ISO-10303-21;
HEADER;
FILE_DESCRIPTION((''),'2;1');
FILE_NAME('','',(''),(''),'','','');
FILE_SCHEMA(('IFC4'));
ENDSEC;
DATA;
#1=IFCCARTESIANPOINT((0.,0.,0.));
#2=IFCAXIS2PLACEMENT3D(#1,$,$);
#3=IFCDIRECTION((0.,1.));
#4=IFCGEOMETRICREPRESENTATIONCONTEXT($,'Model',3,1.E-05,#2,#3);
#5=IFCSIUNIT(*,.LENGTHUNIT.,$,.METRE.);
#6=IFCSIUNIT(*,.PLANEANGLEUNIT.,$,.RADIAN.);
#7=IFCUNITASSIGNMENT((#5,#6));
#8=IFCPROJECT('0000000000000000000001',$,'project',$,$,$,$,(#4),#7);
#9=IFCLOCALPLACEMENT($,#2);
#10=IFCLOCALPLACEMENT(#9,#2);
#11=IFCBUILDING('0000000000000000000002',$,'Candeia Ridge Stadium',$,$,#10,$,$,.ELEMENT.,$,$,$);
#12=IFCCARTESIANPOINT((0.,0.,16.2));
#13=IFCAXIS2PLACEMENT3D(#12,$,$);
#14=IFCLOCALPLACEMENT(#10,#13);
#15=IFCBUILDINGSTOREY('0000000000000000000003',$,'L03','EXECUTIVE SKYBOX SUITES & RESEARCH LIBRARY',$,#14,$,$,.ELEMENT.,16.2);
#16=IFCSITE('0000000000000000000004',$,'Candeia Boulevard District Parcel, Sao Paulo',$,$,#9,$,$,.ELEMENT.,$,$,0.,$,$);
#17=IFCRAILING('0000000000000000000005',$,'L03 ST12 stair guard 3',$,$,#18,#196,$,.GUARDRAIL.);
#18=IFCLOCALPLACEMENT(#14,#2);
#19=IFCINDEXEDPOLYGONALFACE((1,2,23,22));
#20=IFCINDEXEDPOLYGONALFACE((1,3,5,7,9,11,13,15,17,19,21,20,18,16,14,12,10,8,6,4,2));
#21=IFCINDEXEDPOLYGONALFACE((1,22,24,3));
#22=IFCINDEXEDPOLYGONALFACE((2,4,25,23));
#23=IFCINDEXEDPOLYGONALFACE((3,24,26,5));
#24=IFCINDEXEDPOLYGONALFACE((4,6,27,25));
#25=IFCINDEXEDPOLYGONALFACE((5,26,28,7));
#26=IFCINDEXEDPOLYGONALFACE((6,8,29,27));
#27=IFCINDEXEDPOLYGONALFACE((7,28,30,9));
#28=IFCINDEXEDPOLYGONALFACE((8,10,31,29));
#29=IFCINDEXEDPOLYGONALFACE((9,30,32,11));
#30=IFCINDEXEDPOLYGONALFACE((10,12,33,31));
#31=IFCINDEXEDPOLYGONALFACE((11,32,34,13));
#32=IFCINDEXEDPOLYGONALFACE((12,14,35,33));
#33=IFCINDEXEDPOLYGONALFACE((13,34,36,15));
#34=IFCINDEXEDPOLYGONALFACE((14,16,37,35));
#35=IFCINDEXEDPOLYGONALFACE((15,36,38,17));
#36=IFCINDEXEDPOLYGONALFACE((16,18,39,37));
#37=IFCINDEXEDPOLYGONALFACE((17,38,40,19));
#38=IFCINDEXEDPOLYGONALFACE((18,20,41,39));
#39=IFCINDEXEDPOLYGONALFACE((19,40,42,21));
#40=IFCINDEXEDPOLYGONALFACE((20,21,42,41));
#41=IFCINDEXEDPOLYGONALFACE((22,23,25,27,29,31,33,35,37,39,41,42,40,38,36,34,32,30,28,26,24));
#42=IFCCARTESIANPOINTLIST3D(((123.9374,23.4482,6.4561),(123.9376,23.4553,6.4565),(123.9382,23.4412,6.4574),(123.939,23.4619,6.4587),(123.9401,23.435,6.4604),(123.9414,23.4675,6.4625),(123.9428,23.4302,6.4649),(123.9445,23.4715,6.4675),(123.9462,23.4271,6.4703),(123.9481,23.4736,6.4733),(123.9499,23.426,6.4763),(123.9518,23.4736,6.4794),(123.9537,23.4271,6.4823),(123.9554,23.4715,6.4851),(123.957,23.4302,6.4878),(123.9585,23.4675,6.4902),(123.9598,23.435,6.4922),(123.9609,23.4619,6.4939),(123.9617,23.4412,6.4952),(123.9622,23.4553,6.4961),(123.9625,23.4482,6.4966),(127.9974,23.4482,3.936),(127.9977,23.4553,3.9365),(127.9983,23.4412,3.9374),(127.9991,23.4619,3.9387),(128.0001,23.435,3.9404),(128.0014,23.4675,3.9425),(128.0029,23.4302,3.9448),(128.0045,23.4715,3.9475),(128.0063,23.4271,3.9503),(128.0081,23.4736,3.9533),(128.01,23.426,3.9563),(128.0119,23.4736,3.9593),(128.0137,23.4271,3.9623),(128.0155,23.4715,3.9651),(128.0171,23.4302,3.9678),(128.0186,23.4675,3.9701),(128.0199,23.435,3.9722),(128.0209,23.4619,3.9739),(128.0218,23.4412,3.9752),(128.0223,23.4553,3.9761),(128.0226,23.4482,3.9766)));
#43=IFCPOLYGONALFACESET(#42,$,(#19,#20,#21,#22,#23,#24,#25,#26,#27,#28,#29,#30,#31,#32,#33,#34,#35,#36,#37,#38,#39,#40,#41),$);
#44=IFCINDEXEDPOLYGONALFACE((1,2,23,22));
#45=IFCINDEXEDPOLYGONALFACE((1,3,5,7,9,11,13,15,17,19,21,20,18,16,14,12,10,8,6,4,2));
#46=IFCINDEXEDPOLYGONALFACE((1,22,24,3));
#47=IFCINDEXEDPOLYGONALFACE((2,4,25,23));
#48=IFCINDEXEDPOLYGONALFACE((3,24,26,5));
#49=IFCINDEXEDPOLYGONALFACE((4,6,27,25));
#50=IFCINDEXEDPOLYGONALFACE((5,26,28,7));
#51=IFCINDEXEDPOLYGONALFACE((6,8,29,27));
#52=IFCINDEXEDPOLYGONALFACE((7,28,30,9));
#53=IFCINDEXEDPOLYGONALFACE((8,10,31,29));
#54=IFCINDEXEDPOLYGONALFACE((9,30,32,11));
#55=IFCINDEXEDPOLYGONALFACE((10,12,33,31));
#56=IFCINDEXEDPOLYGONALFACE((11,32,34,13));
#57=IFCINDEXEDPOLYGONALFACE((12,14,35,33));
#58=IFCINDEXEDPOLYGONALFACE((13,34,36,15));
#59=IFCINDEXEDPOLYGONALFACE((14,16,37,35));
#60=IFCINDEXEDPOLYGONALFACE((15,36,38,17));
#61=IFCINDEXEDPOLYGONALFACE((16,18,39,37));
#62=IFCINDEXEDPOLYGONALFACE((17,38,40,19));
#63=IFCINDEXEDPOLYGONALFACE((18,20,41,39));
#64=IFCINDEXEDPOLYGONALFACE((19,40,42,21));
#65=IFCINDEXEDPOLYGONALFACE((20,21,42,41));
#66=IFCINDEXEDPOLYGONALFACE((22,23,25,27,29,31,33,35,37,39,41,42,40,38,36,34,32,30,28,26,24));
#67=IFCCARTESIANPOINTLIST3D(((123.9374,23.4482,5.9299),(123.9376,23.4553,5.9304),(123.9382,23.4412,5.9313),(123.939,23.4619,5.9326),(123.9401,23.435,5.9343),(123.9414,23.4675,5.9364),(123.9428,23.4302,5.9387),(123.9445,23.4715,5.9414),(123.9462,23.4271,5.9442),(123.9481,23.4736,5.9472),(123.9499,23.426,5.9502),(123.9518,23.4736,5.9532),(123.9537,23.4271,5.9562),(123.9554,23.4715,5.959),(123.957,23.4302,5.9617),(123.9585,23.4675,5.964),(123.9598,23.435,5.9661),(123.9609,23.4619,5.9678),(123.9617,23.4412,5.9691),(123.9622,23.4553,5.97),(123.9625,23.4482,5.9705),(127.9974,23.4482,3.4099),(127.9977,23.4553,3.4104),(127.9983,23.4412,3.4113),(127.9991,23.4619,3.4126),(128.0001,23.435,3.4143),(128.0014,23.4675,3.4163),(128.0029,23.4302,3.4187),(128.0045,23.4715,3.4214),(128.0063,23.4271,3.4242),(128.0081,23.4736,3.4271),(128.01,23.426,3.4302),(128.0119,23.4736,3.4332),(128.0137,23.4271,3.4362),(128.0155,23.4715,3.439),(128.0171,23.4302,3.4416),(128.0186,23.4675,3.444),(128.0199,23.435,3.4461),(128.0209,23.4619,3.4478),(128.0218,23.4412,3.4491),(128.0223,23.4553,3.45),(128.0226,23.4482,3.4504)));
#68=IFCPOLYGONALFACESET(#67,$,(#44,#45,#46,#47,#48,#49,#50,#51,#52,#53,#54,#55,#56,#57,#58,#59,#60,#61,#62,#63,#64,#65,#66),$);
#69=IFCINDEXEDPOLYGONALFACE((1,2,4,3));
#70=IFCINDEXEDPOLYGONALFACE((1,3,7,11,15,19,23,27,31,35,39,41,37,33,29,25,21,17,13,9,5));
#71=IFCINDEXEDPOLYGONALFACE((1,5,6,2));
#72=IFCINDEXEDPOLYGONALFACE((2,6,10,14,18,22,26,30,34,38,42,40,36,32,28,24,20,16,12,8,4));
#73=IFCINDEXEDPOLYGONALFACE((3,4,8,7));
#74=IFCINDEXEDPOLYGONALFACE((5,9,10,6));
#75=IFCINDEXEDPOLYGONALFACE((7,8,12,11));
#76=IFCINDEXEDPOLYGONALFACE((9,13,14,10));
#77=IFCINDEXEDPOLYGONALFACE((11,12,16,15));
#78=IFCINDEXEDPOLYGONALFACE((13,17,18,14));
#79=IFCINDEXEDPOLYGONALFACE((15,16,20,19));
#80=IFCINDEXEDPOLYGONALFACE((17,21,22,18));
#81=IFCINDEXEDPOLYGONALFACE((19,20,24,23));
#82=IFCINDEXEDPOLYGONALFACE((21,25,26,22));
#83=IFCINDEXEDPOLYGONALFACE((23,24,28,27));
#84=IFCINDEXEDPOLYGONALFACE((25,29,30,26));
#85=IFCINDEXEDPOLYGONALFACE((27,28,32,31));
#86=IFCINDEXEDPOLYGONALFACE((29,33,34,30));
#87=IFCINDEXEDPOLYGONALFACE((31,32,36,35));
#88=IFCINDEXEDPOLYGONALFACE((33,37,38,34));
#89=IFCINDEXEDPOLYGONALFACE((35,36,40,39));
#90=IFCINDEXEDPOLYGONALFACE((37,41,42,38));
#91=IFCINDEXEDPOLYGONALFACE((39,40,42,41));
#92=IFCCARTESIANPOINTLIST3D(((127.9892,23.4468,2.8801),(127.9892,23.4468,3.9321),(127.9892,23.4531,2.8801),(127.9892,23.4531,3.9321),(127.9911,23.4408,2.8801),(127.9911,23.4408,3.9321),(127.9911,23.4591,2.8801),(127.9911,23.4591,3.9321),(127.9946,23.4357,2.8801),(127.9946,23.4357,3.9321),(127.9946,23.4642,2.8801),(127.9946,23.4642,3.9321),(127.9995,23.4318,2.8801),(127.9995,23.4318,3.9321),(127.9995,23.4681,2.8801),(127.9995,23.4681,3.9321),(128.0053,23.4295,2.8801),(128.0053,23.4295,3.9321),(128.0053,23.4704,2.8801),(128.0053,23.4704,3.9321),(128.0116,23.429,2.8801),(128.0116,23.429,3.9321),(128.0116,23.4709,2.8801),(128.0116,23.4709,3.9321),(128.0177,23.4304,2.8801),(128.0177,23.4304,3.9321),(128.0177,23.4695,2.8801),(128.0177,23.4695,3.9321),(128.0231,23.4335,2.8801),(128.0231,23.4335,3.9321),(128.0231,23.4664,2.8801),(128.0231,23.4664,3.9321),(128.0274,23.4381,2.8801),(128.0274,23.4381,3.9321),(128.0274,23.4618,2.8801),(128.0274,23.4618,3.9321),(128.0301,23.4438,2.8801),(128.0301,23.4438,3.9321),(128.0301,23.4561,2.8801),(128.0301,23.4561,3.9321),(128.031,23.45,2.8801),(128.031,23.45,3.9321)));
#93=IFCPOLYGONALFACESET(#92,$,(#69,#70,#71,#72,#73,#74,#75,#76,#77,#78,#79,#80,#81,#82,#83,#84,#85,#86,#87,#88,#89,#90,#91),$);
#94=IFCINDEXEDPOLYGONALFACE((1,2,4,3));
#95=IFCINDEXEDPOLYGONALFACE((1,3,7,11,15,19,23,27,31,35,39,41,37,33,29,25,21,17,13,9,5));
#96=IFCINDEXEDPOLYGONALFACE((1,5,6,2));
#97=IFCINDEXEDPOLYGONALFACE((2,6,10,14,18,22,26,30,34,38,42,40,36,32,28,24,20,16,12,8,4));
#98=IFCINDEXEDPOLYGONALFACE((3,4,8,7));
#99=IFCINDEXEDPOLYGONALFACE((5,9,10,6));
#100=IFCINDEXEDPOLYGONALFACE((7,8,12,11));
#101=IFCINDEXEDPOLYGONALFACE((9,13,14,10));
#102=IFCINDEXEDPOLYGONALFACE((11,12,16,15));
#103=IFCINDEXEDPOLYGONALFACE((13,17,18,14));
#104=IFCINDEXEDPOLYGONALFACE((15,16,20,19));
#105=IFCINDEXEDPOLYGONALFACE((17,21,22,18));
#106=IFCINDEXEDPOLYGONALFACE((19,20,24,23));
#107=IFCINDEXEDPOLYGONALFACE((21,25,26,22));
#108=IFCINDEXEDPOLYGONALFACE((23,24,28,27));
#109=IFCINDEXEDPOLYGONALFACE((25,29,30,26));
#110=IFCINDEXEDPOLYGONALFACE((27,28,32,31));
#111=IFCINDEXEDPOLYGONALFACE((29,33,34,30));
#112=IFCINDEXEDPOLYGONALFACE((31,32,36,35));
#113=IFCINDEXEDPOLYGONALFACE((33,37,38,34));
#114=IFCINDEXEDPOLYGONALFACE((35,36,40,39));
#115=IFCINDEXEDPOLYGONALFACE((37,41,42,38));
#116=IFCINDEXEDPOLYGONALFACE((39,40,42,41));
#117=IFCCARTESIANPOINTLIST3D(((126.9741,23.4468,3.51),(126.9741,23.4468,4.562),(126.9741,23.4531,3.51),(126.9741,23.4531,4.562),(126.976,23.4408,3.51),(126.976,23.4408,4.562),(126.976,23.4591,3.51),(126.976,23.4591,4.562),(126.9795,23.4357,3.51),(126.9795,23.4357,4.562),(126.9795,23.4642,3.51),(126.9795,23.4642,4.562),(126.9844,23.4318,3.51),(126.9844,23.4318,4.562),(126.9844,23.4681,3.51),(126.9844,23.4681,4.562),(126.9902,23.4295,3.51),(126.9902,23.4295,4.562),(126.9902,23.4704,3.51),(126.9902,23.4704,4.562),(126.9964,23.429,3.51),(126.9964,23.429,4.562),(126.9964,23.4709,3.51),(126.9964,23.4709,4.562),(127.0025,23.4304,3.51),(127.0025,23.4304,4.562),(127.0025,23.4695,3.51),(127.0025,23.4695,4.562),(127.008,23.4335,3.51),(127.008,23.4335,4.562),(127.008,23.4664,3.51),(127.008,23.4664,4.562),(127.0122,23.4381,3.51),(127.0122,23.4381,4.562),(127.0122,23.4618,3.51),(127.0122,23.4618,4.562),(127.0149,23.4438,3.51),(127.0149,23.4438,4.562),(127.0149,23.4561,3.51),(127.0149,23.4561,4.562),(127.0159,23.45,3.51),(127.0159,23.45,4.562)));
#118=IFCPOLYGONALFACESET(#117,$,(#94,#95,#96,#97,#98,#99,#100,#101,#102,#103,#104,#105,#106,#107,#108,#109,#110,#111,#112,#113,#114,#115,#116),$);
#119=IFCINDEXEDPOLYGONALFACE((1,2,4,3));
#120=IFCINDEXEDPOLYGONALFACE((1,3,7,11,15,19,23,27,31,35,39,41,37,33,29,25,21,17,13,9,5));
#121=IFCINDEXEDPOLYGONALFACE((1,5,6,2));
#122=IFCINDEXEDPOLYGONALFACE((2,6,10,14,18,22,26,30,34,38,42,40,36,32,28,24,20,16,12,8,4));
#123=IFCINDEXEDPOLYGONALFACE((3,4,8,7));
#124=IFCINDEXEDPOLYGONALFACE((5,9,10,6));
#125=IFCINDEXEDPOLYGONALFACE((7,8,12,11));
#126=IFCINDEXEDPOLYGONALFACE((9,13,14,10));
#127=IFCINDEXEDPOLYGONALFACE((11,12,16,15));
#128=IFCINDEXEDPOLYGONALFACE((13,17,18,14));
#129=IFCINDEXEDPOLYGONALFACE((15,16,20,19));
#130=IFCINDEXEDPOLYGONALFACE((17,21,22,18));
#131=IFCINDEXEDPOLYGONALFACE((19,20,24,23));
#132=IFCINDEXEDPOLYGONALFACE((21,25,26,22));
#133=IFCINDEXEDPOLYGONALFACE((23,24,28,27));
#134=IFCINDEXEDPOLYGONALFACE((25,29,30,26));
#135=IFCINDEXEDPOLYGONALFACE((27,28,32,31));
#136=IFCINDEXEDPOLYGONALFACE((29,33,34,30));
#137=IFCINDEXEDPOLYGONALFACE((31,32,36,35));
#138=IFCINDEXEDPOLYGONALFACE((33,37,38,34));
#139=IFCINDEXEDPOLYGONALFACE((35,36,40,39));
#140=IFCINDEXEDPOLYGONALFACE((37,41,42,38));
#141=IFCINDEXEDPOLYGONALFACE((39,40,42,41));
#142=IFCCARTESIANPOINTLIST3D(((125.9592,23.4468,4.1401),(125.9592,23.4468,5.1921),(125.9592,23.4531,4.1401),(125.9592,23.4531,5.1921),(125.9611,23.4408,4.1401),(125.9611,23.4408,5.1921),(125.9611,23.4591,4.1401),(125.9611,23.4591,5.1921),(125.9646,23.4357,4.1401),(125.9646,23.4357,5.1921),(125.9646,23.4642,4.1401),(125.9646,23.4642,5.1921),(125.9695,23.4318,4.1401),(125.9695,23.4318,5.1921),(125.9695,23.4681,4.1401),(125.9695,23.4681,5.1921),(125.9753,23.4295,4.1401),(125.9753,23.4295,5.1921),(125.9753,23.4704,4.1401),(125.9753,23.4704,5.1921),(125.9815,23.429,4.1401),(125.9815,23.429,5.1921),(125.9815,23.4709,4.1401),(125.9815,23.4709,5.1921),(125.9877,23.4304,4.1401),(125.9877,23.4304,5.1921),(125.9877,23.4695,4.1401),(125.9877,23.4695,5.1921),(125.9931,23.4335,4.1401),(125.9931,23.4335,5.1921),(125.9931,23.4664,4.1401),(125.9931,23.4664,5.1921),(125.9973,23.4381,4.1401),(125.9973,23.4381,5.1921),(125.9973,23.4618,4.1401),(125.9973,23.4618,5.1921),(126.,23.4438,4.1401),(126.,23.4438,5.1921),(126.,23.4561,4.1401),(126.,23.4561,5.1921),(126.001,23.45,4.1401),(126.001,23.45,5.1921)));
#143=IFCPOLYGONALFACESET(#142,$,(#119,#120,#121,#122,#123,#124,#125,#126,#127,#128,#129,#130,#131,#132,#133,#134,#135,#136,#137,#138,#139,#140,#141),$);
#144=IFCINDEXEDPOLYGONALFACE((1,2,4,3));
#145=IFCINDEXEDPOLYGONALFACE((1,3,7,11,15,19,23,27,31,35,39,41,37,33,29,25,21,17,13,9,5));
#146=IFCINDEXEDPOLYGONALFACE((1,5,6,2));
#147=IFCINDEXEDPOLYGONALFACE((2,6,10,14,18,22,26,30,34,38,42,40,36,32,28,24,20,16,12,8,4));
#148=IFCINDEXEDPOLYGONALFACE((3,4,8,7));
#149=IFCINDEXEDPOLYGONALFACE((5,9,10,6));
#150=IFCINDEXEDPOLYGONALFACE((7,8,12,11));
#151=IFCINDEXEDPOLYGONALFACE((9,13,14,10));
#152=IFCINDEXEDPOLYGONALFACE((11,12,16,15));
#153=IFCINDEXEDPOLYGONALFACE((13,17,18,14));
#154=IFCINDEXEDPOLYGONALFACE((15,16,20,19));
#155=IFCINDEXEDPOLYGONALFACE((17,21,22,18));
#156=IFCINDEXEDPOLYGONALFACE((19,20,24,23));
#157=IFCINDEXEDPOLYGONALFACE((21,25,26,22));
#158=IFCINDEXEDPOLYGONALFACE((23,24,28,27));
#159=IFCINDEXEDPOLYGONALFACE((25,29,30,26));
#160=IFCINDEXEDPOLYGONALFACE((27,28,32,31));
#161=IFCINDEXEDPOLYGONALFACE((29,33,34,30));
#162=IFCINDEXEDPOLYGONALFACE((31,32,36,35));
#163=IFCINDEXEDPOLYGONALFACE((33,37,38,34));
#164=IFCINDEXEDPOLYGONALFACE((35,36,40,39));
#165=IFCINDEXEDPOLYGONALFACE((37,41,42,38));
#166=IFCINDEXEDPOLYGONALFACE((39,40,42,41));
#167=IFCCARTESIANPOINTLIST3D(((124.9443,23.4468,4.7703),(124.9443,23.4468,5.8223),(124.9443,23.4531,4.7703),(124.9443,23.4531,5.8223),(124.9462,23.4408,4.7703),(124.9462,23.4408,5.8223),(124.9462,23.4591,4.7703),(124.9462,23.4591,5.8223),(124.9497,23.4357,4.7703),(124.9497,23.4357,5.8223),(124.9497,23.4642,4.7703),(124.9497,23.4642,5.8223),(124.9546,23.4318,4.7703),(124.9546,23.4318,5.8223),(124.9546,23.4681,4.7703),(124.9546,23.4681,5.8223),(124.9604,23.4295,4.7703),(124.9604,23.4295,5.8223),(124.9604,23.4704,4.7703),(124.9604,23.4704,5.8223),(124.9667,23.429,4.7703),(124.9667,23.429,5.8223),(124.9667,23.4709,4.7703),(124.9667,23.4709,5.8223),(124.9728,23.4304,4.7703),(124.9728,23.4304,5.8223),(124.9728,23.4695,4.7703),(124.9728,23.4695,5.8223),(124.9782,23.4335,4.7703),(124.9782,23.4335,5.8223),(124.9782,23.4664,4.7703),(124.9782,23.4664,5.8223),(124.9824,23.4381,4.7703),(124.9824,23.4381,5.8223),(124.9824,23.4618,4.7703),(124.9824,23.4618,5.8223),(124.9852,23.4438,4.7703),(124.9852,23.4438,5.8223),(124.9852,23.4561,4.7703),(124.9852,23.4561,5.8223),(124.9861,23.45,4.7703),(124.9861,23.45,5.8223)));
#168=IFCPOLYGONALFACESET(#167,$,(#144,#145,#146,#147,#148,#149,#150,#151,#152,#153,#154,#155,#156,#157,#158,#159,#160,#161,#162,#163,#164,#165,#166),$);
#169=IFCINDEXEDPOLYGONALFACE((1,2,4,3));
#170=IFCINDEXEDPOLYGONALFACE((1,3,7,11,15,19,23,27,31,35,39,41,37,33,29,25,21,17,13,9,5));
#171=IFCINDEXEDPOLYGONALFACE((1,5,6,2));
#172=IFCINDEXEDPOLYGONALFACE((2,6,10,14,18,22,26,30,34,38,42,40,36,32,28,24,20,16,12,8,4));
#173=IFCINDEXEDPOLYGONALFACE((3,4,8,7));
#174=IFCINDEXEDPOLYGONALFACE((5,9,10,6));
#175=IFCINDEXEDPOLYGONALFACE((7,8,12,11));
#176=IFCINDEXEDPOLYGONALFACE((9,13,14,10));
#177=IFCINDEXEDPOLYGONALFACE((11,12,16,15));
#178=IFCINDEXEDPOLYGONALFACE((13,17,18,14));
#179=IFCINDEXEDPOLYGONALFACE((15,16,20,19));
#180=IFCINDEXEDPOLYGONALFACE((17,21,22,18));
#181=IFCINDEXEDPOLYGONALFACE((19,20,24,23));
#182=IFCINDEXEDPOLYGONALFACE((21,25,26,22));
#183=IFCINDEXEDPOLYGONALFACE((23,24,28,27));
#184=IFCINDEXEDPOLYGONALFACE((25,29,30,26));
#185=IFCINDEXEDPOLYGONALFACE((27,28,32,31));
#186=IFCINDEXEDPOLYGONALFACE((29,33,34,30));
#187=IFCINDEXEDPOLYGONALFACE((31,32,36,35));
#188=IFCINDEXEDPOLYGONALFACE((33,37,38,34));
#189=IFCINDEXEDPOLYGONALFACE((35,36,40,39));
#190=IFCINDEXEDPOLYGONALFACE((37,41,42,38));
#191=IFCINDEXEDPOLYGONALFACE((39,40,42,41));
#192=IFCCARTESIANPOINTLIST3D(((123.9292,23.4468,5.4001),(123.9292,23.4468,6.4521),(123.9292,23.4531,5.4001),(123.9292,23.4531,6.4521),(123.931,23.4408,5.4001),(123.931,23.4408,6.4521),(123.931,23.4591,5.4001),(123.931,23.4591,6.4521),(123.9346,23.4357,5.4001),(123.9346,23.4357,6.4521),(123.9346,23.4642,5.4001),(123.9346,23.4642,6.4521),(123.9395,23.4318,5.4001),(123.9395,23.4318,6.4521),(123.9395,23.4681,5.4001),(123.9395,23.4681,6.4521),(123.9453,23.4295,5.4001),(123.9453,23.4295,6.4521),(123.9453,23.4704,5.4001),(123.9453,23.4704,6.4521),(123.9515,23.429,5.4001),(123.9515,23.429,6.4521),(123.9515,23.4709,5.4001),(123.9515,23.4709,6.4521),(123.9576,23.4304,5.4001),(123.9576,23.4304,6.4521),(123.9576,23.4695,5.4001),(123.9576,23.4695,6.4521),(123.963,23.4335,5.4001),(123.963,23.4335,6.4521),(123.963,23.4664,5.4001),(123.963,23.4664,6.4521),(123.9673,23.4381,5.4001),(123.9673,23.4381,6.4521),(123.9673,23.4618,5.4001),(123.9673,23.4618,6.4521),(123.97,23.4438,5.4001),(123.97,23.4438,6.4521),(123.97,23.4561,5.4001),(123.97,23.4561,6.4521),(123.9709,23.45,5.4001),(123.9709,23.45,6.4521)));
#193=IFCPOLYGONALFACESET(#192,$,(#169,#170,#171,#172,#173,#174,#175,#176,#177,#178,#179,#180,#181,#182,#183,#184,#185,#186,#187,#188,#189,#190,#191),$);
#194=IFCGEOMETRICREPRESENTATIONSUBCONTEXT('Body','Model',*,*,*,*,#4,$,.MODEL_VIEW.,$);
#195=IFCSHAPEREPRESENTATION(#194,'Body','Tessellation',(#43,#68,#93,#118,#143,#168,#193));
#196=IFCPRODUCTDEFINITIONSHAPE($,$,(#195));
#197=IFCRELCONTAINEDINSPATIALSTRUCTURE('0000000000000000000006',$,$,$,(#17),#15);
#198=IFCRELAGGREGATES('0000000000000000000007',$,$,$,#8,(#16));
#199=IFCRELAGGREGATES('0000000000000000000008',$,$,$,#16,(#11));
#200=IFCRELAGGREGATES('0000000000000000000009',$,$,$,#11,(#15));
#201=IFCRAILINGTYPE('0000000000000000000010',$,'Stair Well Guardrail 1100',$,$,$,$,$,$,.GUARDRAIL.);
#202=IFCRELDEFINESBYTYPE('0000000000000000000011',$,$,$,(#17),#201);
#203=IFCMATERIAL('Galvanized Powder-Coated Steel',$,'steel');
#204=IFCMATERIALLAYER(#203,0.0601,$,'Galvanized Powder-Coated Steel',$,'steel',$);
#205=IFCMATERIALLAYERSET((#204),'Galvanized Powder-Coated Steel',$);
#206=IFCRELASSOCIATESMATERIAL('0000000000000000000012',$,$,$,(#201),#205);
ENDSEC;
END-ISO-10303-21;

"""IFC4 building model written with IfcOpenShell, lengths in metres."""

from ifc_helpers import new_model, si_unit, direction, frame, origin, origin_2d, place, context, subcontext, project, spatial, circle, extrude, material, layer, layer_set, type_object, element, save


model = new_model("IFC4")

# Units and contexts
model_context = context("Model", 3, precision=1e-05, world=origin(), true_north=direction((0.0, 1.0)))
body_context = subcontext(model_context, "Body", "Model", "MODEL_VIEW")
ifc_project = project(units=[si_unit("LENGTHUNIT", "METRE"), si_unit("PLANEANGLEUNIT", "RADIAN")], contexts=[model_context])

# Site, building, storey
site_placement = place(None, origin())
site = spatial("IfcSite", under=ifc_project, at=site_placement, Name="Candeia Boulevard District Parcel, Sao Paulo", CompositionType="ELEMENT", RefElevation=0.0)
building_placement = place(site_placement, origin())
building = spatial("IfcBuilding", under=site, at=building_placement, Name="Candeia Ridge Stadium", CompositionType="ELEMENT")
storey_placement = place(building_placement, frame((0.0, 0.0, 16.2)))
storey = spatial("IfcBuildingStorey", under=building, at=storey_placement, Name="L03", Description="EXECUTIVE SKYBOX SUITES & RESEARCH LIBRARY", CompositionType="ELEMENT", Elevation=16.2)

# Railing
ifc_material_1 = material(Name="Galvanized Powder-Coated Steel", Category="steel")
ifc_layer_1 = layer(ifc_material_1, 0.0601, Name="Galvanized Powder-Coated Steel", Category="steel")
ifc_layer_set_1 = layer_set([ifc_layer_1], Name="Galvanized Powder-Coated Steel")
railing_type_1 = type_object("IfcRailingType", Name="Stair Well Guardrail 1100", PredefinedType="GUARDRAIL", material=ifc_layer_set_1)
railing_1_placement = place(storey_placement, frame((128.01, 23.45, 2.8801)))
element("IfcRailing", 1, at=railing_1_placement, inside=storey, type_object=railing_type_1, Name="L03 ST12 stair guard 3", PredefinedType="GUARDRAIL", context=body_context, shape_type="SweptSolid", body=[
    extrude(circle(Radius=0.0239, at=origin_2d()), frame((0.0, 0.0, 1.0762), z_axis=(-0.849642, 0.0, 0.52736), x_axis=(0.0, -1.0, 0.0)), (0.0, 0.0, 1.0), 4.7786),
    extrude(circle(Radius=0.0239, at=origin_2d()), frame((0.0, 0.0, 0.55), z_axis=(-0.849642, 0.0, 0.52736), x_axis=(0.0, -1.0, 0.0)), (0.0, 0.0, 1.0), 4.7786),
    extrude(circle(Radius=0.021, at=origin_2d()), origin(), (0.0, 0.0, 1.0), 1.052),
    extrude(circle(Radius=0.021, at=origin_2d()), frame((-1.0151, 0.0, 0.6299)), (0.0, 0.0, 1.0), 1.052),
    extrude(circle(Radius=0.021, at=origin_2d()), frame((-2.03, 0.0, 1.26)), (0.0, 0.0, 1.0), 1.052),
    extrude(circle(Radius=0.021, at=origin_2d()), frame((-3.0449, 0.0, 1.8901)), (0.0, 0.0, 1.0), 1.052),
    extrude(circle(Radius=0.021, at=origin_2d()), frame((-4.0601, 0.0, 2.52)), (0.0, 0.0, 1.0), 1.052),
])

save(model, "model.ifc")
